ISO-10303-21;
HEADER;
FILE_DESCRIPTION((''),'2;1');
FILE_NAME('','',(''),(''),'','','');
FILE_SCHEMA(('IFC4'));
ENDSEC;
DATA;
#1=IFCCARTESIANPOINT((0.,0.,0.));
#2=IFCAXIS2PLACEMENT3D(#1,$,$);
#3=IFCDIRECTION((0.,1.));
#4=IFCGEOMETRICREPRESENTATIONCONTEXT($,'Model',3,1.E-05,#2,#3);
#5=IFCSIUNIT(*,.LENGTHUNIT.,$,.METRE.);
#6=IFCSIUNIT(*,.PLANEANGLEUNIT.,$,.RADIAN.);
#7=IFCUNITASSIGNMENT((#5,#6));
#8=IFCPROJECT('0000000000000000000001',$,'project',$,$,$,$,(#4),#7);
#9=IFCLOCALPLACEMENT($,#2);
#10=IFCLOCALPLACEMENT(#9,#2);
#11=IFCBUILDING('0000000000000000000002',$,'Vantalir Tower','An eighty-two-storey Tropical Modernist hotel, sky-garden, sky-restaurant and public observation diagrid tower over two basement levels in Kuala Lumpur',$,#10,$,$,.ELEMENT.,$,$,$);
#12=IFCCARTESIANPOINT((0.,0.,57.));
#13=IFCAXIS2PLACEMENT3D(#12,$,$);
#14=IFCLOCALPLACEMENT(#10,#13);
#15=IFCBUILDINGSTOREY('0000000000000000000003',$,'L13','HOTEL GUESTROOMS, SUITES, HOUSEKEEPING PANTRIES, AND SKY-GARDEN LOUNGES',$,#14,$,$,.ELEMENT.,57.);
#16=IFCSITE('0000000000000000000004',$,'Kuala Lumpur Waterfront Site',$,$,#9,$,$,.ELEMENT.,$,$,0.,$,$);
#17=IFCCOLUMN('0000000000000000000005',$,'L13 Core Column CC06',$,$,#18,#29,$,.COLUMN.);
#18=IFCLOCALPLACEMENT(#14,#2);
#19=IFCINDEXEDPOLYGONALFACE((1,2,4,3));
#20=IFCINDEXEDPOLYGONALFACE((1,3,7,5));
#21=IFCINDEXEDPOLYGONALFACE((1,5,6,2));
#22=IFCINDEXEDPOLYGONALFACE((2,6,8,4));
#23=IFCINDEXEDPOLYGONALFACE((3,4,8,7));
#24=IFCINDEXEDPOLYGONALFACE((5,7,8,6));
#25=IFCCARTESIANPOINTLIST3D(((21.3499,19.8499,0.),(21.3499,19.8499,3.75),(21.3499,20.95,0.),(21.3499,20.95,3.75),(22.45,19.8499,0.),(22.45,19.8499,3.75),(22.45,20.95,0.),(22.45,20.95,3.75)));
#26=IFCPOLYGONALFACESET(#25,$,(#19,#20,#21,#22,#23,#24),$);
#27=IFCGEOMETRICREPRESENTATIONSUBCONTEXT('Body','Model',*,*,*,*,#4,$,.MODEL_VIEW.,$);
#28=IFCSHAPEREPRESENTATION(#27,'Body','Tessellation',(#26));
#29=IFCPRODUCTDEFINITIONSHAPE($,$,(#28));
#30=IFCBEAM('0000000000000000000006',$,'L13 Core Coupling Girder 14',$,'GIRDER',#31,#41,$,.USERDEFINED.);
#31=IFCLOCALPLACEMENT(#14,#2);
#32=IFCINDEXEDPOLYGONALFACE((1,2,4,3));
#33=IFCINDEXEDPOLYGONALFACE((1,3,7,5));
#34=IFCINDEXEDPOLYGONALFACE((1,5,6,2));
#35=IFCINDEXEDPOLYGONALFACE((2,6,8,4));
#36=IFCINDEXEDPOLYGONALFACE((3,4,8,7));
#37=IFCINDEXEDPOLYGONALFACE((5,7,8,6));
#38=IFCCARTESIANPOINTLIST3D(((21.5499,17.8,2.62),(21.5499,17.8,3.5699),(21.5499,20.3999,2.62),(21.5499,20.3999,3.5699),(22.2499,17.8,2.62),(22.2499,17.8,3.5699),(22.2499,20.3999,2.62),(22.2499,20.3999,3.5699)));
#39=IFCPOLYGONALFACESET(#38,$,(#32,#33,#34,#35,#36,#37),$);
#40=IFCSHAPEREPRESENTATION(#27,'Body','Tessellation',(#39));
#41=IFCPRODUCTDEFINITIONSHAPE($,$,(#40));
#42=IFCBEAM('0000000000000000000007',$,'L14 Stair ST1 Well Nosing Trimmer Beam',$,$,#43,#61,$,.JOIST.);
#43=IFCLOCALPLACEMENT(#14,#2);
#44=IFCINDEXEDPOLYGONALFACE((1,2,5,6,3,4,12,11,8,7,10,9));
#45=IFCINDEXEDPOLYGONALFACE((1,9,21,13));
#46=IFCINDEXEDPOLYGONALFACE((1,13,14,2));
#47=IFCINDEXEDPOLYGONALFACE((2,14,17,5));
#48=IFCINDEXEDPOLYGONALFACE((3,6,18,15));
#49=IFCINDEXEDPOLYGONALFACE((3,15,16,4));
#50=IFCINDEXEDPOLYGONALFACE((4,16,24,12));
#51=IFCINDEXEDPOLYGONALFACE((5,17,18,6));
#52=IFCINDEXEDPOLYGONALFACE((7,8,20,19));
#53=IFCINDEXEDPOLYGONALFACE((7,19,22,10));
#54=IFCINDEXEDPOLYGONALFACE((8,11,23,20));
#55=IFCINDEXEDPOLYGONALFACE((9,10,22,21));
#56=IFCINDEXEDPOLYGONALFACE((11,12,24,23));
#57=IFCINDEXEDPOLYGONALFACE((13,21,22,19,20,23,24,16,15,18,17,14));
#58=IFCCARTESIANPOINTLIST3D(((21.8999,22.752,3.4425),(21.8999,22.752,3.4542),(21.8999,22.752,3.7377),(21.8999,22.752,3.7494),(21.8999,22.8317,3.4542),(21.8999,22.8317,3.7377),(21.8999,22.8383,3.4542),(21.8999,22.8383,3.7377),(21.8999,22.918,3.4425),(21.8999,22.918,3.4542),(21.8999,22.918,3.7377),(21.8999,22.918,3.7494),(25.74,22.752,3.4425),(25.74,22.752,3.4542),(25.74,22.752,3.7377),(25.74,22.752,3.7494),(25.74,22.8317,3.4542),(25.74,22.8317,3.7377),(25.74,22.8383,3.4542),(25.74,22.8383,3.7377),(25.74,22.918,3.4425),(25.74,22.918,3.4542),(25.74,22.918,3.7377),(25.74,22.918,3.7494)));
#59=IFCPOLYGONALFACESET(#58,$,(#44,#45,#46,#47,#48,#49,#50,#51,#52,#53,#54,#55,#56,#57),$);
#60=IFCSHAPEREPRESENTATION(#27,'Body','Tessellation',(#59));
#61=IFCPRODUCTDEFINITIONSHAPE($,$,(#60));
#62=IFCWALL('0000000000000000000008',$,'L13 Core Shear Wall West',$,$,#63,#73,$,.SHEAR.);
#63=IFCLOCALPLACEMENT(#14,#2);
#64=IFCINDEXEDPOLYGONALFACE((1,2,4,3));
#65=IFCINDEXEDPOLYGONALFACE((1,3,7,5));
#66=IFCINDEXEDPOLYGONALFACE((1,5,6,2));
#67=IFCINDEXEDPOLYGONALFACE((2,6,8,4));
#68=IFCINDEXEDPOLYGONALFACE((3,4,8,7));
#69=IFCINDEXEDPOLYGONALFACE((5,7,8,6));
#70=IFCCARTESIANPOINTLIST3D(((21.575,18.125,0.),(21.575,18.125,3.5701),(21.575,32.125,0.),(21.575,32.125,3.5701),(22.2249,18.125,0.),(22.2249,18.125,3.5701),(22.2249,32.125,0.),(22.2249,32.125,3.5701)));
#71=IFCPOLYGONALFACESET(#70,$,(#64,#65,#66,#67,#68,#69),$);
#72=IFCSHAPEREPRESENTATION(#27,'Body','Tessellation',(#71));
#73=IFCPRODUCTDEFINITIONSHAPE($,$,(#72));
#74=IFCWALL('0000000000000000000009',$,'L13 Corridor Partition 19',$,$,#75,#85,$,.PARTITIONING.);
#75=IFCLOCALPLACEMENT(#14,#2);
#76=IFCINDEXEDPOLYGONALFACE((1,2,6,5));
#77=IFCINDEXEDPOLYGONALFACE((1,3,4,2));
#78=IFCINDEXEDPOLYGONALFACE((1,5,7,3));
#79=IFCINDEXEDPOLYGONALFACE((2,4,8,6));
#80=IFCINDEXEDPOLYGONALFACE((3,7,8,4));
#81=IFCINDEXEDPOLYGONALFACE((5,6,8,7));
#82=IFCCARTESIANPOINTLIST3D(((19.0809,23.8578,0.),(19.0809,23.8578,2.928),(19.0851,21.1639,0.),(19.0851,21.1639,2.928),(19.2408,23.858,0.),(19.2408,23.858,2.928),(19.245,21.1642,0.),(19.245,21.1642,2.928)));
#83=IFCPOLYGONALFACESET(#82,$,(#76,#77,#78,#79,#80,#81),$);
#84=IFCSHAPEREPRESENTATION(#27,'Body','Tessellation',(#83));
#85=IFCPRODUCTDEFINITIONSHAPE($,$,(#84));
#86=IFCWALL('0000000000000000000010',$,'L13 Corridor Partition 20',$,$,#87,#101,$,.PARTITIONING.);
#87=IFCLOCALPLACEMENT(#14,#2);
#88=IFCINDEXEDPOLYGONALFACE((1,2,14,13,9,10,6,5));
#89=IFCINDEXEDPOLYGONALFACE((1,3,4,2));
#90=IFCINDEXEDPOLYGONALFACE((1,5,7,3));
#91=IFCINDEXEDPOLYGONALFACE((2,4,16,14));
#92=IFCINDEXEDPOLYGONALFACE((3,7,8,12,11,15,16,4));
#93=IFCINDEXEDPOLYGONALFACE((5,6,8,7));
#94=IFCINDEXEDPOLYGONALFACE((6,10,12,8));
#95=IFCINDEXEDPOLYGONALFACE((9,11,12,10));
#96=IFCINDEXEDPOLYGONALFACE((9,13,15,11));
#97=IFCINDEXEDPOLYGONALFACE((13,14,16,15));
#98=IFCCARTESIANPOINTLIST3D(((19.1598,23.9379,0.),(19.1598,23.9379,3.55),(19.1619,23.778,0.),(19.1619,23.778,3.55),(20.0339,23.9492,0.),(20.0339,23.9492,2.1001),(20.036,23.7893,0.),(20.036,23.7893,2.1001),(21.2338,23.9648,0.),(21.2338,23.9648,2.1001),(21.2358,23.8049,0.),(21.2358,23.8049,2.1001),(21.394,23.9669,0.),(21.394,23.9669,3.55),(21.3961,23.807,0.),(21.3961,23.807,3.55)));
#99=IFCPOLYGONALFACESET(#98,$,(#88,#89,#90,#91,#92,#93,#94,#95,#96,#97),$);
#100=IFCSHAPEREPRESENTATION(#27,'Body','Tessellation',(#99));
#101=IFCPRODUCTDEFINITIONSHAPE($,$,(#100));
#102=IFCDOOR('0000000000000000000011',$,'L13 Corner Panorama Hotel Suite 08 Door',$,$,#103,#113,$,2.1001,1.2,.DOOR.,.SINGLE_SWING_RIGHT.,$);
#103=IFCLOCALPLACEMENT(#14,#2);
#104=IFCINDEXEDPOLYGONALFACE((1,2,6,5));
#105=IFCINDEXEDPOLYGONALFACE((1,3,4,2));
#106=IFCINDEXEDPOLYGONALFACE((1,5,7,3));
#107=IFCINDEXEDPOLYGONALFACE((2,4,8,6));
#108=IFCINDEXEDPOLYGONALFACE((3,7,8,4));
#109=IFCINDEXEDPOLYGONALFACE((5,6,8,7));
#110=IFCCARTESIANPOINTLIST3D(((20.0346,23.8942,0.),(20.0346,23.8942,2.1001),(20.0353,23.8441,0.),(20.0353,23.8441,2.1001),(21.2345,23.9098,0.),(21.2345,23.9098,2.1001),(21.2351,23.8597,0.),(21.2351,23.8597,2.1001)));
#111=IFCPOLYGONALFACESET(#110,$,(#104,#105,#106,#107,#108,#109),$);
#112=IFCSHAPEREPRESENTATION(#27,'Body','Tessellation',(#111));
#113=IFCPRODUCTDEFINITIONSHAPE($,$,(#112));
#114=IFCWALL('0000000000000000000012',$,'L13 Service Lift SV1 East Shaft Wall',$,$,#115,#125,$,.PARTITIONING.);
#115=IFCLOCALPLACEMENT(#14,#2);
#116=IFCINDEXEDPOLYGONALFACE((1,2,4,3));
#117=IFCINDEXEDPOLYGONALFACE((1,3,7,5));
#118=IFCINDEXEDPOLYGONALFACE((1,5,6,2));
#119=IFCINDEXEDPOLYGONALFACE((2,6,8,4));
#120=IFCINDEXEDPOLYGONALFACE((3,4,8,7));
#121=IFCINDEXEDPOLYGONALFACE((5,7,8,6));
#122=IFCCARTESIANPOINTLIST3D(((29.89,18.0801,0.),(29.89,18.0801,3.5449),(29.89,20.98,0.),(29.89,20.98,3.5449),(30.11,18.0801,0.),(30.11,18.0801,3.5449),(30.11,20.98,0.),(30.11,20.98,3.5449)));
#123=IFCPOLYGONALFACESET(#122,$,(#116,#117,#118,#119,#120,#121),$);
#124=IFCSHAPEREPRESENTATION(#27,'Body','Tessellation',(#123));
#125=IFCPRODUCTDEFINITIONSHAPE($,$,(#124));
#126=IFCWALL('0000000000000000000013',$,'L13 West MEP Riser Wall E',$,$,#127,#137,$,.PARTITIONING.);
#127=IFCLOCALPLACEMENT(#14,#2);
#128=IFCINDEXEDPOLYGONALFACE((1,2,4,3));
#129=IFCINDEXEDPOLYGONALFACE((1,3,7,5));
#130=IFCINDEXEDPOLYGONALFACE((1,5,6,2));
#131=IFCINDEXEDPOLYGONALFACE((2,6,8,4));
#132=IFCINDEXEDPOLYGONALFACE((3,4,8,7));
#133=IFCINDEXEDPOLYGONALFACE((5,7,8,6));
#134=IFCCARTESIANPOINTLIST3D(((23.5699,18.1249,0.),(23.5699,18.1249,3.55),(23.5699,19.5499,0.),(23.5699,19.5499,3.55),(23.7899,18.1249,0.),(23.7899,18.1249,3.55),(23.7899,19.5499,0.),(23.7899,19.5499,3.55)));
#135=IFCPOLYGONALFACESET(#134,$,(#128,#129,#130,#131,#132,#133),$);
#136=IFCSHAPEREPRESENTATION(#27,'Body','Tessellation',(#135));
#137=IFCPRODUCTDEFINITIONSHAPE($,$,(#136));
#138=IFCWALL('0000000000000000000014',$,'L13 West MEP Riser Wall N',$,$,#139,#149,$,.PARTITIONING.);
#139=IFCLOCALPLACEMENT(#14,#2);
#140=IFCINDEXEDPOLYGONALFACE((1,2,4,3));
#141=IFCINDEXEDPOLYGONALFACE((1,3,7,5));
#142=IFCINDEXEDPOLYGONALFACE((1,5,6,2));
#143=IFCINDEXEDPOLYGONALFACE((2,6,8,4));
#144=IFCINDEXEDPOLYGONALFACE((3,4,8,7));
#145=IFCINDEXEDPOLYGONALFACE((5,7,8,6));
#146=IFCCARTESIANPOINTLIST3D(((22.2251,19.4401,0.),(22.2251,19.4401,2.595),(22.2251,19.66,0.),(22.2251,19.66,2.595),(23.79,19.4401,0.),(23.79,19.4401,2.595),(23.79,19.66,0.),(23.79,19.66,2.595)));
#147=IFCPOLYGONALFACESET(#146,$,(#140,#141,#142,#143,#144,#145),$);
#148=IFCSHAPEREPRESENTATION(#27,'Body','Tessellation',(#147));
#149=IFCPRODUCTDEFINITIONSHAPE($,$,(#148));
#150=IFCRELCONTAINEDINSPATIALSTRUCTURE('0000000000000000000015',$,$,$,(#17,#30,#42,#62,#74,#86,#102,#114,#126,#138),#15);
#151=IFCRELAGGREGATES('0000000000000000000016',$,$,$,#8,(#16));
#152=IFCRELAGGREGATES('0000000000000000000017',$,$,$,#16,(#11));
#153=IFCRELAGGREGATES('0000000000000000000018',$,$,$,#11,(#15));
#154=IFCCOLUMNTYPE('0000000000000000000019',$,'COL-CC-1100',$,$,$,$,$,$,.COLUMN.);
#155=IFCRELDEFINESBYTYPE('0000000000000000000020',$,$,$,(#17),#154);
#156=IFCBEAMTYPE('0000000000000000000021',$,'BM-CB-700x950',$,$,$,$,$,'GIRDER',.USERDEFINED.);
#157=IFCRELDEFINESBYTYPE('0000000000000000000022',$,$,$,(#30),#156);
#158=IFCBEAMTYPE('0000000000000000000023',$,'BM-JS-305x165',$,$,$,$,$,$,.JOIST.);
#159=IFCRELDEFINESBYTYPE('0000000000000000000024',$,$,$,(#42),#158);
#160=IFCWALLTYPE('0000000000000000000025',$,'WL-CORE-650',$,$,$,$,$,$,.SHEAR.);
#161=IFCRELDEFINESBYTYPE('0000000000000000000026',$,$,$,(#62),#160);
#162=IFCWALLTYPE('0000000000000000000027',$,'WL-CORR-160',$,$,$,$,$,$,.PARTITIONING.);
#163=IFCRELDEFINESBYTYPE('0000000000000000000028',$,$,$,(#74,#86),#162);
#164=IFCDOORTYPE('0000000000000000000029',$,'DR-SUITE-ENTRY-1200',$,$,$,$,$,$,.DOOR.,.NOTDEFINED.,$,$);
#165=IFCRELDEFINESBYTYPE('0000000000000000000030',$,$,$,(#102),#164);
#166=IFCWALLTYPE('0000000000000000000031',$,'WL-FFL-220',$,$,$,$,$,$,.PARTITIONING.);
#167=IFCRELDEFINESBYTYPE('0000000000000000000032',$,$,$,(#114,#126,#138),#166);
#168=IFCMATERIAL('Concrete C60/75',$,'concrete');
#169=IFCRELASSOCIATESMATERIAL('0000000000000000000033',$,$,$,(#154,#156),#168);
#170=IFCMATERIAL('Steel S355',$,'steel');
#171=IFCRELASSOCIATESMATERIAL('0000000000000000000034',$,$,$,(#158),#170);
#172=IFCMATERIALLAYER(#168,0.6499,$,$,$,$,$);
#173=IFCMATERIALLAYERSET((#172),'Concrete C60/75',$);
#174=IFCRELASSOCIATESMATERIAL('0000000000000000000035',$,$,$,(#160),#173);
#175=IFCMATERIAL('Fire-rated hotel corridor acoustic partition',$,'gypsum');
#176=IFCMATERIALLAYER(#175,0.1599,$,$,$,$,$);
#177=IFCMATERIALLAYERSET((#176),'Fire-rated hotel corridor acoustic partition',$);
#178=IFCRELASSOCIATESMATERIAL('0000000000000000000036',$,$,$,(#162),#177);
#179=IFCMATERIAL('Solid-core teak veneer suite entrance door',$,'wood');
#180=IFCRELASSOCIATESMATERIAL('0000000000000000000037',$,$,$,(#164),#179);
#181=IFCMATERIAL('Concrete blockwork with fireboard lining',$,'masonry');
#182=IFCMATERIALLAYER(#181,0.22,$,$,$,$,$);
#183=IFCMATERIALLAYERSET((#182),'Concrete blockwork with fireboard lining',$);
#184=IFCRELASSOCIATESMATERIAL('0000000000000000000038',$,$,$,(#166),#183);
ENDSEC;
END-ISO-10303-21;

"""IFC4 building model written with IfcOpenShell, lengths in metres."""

from ifc_helpers import new_model, si_unit, direction, frame, frame_2d, origin, origin_2d, place, context, subcontext, project, spatial, rectangle, i_section, extrude, material, layer, layer_set, material_profile, profile_set, type_object, element, fill, save


model = new_model("IFC4")

# Units and contexts
model_context = context("Model", 3, precision=1e-05, world=origin(), true_north=direction((0.0, 1.0)))
body_context = subcontext(model_context, "Body", "Model", "MODEL_VIEW")
ifc_project = project(units=[si_unit("LENGTHUNIT", "METRE"), si_unit("PLANEANGLEUNIT", "RADIAN")], contexts=[model_context])

# Site, building, storey
site_placement = place(None, origin())
site = spatial("IfcSite", under=ifc_project, at=site_placement, Name="Kuala Lumpur Waterfront Site", CompositionType="ELEMENT", RefElevation=0.0)
building_placement = place(site_placement, origin())
building = spatial("IfcBuilding", under=site, at=building_placement, Name="Vantalir Tower", Description="An eighty-two-storey Tropical Modernist hotel, sky-garden, sky-restaurant and public observation diagrid tower over two basement levels in Kuala Lumpur", CompositionType="ELEMENT")
storey_placement = place(building_placement, frame((0.0, 0.0, 57.0)))
storey = spatial("IfcBuildingStorey", under=building, at=storey_placement, Name="L13", Description="HOTEL GUESTROOMS, SUITES, HOUSEKEEPING PANTRIES, AND SKY-GARDEN LOUNGES", CompositionType="ELEMENT", Elevation=57.0)

# Column
ifc_material_1 = material(Name="Concrete C60/75", Category="concrete")
ifc_material_profile_1 = material_profile(ifc_material_1, rectangle(XDim=1.1001, YDim=1.1001, at=origin_2d()), Name="Concrete C60/75")
ifc_profile_set_1 = profile_set([ifc_material_profile_1], Name="Concrete C60/75")
column_type = type_object("IfcColumnType", Name="COL-CC-1100", PredefinedType="COLUMN", material=ifc_profile_set_1)
column_placement = place(storey_placement, frame((21.8999, 20.3999, 0.0), z_axis=(0.0, 0.0, 1.0), x_axis=(1.0, 0.0, 0.0)))
element("IfcColumn", 1, at=column_placement, inside=storey, type_object=column_type, Name="L13 Core Column CC06", PredefinedType="COLUMN", context=body_context, shape_type="SweptSolid", body=[
    extrude(rectangle(XDim=1.1001, YDim=1.1001, at=origin_2d()), origin(), (0.0, 0.0, 1.0), 3.75),
])

# Beams
ifc_material_profile_2 = material_profile(ifc_material_1, rectangle(XDim=0.7, YDim=0.95, at=origin_2d()), Name="Concrete C60/75")
ifc_profile_set_2 = profile_set([ifc_material_profile_2], Name="Concrete C60/75")
beam_type_1 = type_object("IfcBeamType", Name="BM-CB-700x950", ElementType="GIRDER", PredefinedType="USERDEFINED", material=ifc_profile_set_2)
beam_1_placement = place(storey_placement, frame((21.8999, 20.3999, 3.095), z_axis=(0.0, -1.0, 0.0), x_axis=(1.0, 0.0, 0.0)))
element("IfcBeam", 2, at=beam_1_placement, inside=storey, type_object=beam_type_1, Name="L13 Core Coupling Girder 14", ObjectType="GIRDER", PredefinedType="USERDEFINED", context=body_context, shape_type="SweptSolid", body=[
    extrude(rectangle(XDim=0.7, YDim=0.95, at=origin_2d()), origin(), (0.0, 0.0, 1.0), 2.5999),
])
ifc_material_2 = material(Name="Steel S355", Category="steel")
ifc_material_profile_3 = material_profile(ifc_material_2, i_section(OverallWidth=0.166, OverallDepth=0.3069, WebThickness=0.0066, FlangeThickness=0.0117, at=origin_2d()), Name="Steel S355")
ifc_profile_set_3 = profile_set([ifc_material_profile_3], Name="Steel S355")
beam_type_2 = type_object("IfcBeamType", Name="BM-JS-305x165", PredefinedType="JOIST", material=ifc_profile_set_3)
beam_2_placement = place(storey_placement, frame((21.8999, 22.835, 3.5959), z_axis=(1.0, 0.0, 0.0), x_axis=(0.0, 1.0, 0.0)))
element("IfcBeam", 3, at=beam_2_placement, inside=storey, type_object=beam_type_2, Name="L14 Stair ST1 Well Nosing Trimmer Beam", PredefinedType="JOIST", context=body_context, shape_type="SweptSolid", body=[
    extrude(i_section(OverallWidth=0.166, OverallDepth=0.3069, WebThickness=0.0066, FlangeThickness=0.0117, at=origin_2d()), origin(), (0.0, 0.0, 1.0), 3.8401),
])

# Walls
ifc_layer_1 = layer(ifc_material_1, 0.6499)
ifc_layer_set_1 = layer_set([ifc_layer_1], Name="Concrete C60/75")
wall_type_1 = type_object("IfcWallType", Name="WL-CORE-650", PredefinedType="SHEAR", material=ifc_layer_set_1)
wall_1_placement = place(storey_placement, frame((21.8999, 18.125, 0.0), z_axis=(0.0, 0.0, 1.0), x_axis=(0.0, 1.0, 0.0)))
element("IfcWall", 4, at=wall_1_placement, inside=storey, type_object=wall_type_1, Name="L13 Core Shear Wall West", PredefinedType="SHEAR", context=body_context, shape_type="SweptSolid", body=[
    extrude(rectangle(XDim=14.0, YDim=0.6499, at=frame_2d((7.0, 0.0))), origin(), (0.0, 0.0, 1.0), 3.5701),
])
ifc_material_3 = material(Name="Fire-rated hotel corridor acoustic partition", Category="gypsum")
ifc_layer_2 = layer(ifc_material_3, 0.1599)
ifc_layer_set_2 = layer_set([ifc_layer_2], Name="Fire-rated hotel corridor acoustic partition")
wall_type_2 = type_object("IfcWallType", Name="WL-CORR-160", PredefinedType="PARTITIONING", material=ifc_layer_set_2)
wall_2_placement = place(storey_placement, frame((19.165, 21.1641, 0.0), z_axis=(0.0, 0.0, 1.0), x_axis=(-0.001541, 0.999999, 0.0)))
element("IfcWall", 5, at=wall_2_placement, inside=storey, type_object=wall_type_2, Name="L13 Corridor Partition 19", PredefinedType="PARTITIONING", context=body_context, shape_type="SweptSolid", body=[
    extrude(rectangle(XDim=2.6938, YDim=0.1599, at=frame_2d((1.3469, 0.0))), origin(), (0.0, 0.0, 1.0), 2.928),
])

# Wall, opening, door
wall_3_placement = place(storey_placement, frame((19.1609, 23.8579, 0.0), z_axis=(0.0, 0.0, 1.0), x_axis=(0.999915, 0.013003, 0.0)))
wall_3 = element("IfcWall", 6, at=wall_3_placement, inside=storey, type_object=wall_type_2, Name="L13 Corridor Partition 20", PredefinedType="PARTITIONING", context=body_context, shape_type="SweptSolid", body=[
    extrude(rectangle(XDim=2.2344, YDim=0.1599, at=frame_2d((1.1172, 0.0))), origin(), (0.0, 0.0, 1.0), 3.55),
])
opening_1_placement = place(wall_3_placement, frame((0.874, 0.0, 0.0)))
opening_1 = element("IfcOpeningElement", 7, at=opening_1_placement, cuts=wall_3, PredefinedType="OPENING", context=body_context, shape_type="SweptSolid", body=[
    extrude(rectangle(XDim=1.2, YDim=2.1001, at=frame_2d((0.6001, 1.05))), frame((0.0, 0.0898, 0.0), z_axis=(0.0, -1.0, 0.0), x_axis=(1.0, 0.0, 0.0)), (0.0, 0.0, 1.0), 0.1799),
])
ifc_material_4 = material(Name="Solid-core teak veneer suite entrance door", Category="wood")
door_type_1 = type_object("IfcDoorType", Name="DR-SUITE-ENTRY-1200", OperationType="NOTDEFINED", PredefinedType="DOOR", material=ifc_material_4)
door_1_placement = place(opening_1_placement, origin())
door_1 = element("IfcDoor", 8, at=door_1_placement, inside=storey, type_object=door_type_1, Name="L13 Corner Panorama Hotel Suite 08 Door", OperationType="SINGLE_SWING_RIGHT", OverallHeight=2.1001, OverallWidth=1.2, PredefinedType="DOOR", context=body_context, shape_type="SweptSolid", body=[
    extrude(rectangle(XDim=1.2, YDim=2.1001, at=frame_2d((0.6001, 1.05))), frame((0.0, 0.0249, 0.0), z_axis=(0.0, -1.0, 0.0), x_axis=(1.0, 0.0, 0.0)), (0.0, 0.0, 1.0), 0.05),
])
fill(opening_1, door_1)

# Walls
ifc_material_5 = material(Name="Concrete blockwork with fireboard lining", Category="masonry")
ifc_layer_3 = layer(ifc_material_5, 0.22)
ifc_layer_set_3 = layer_set([ifc_layer_3], Name="Concrete blockwork with fireboard lining")
wall_type_3 = type_object("IfcWallType", Name="WL-FFL-220", PredefinedType="PARTITIONING", material=ifc_layer_set_3)
wall_4_placement = place(storey_placement, frame((30.0, 18.0801, 0.0), z_axis=(0.0, 0.0, 1.0), x_axis=(0.0, 1.0, 0.0)))
element("IfcWall", 9, at=wall_4_placement, inside=storey, type_object=wall_type_3, Name="L13 Service Lift SV1 East Shaft Wall", PredefinedType="PARTITIONING", context=body_context, shape_type="SweptSolid", body=[
    extrude(rectangle(XDim=2.8999, YDim=0.22, at=frame_2d((1.45, 0.0))), origin(), (0.0, 0.0, 1.0), 3.5449),
])
wall_5_placement = place(storey_placement, frame((23.6799, 18.125, 0.0), z_axis=(0.0, 0.0, 1.0), x_axis=(0.0, 1.0, 0.0)))
element("IfcWall", 10, at=wall_5_placement, inside=storey, type_object=wall_type_3, Name="L13 West MEP Riser Wall E", PredefinedType="PARTITIONING", context=body_context, shape_type="SweptSolid", body=[
    extrude(rectangle(XDim=1.425, YDim=0.22, at=frame_2d((0.7124, 0.0))), origin(), (0.0, 0.0, 1.0), 3.55),
])
wall_6_placement = place(storey_placement, frame((22.2251, 19.55, 0.0), z_axis=(0.0, 0.0, 1.0), x_axis=(1.0, 0.0, 0.0)))
element("IfcWall", 11, at=wall_6_placement, inside=storey, type_object=wall_type_3, Name="L13 West MEP Riser Wall N", PredefinedType="PARTITIONING", context=body_context, shape_type="SweptSolid", body=[
    extrude(rectangle(XDim=1.5649, YDim=0.22, at=frame_2d((0.7825, 0.0))), origin(), (0.0, 0.0, 1.0), 2.595),
])

save(model, "model.ifc")
